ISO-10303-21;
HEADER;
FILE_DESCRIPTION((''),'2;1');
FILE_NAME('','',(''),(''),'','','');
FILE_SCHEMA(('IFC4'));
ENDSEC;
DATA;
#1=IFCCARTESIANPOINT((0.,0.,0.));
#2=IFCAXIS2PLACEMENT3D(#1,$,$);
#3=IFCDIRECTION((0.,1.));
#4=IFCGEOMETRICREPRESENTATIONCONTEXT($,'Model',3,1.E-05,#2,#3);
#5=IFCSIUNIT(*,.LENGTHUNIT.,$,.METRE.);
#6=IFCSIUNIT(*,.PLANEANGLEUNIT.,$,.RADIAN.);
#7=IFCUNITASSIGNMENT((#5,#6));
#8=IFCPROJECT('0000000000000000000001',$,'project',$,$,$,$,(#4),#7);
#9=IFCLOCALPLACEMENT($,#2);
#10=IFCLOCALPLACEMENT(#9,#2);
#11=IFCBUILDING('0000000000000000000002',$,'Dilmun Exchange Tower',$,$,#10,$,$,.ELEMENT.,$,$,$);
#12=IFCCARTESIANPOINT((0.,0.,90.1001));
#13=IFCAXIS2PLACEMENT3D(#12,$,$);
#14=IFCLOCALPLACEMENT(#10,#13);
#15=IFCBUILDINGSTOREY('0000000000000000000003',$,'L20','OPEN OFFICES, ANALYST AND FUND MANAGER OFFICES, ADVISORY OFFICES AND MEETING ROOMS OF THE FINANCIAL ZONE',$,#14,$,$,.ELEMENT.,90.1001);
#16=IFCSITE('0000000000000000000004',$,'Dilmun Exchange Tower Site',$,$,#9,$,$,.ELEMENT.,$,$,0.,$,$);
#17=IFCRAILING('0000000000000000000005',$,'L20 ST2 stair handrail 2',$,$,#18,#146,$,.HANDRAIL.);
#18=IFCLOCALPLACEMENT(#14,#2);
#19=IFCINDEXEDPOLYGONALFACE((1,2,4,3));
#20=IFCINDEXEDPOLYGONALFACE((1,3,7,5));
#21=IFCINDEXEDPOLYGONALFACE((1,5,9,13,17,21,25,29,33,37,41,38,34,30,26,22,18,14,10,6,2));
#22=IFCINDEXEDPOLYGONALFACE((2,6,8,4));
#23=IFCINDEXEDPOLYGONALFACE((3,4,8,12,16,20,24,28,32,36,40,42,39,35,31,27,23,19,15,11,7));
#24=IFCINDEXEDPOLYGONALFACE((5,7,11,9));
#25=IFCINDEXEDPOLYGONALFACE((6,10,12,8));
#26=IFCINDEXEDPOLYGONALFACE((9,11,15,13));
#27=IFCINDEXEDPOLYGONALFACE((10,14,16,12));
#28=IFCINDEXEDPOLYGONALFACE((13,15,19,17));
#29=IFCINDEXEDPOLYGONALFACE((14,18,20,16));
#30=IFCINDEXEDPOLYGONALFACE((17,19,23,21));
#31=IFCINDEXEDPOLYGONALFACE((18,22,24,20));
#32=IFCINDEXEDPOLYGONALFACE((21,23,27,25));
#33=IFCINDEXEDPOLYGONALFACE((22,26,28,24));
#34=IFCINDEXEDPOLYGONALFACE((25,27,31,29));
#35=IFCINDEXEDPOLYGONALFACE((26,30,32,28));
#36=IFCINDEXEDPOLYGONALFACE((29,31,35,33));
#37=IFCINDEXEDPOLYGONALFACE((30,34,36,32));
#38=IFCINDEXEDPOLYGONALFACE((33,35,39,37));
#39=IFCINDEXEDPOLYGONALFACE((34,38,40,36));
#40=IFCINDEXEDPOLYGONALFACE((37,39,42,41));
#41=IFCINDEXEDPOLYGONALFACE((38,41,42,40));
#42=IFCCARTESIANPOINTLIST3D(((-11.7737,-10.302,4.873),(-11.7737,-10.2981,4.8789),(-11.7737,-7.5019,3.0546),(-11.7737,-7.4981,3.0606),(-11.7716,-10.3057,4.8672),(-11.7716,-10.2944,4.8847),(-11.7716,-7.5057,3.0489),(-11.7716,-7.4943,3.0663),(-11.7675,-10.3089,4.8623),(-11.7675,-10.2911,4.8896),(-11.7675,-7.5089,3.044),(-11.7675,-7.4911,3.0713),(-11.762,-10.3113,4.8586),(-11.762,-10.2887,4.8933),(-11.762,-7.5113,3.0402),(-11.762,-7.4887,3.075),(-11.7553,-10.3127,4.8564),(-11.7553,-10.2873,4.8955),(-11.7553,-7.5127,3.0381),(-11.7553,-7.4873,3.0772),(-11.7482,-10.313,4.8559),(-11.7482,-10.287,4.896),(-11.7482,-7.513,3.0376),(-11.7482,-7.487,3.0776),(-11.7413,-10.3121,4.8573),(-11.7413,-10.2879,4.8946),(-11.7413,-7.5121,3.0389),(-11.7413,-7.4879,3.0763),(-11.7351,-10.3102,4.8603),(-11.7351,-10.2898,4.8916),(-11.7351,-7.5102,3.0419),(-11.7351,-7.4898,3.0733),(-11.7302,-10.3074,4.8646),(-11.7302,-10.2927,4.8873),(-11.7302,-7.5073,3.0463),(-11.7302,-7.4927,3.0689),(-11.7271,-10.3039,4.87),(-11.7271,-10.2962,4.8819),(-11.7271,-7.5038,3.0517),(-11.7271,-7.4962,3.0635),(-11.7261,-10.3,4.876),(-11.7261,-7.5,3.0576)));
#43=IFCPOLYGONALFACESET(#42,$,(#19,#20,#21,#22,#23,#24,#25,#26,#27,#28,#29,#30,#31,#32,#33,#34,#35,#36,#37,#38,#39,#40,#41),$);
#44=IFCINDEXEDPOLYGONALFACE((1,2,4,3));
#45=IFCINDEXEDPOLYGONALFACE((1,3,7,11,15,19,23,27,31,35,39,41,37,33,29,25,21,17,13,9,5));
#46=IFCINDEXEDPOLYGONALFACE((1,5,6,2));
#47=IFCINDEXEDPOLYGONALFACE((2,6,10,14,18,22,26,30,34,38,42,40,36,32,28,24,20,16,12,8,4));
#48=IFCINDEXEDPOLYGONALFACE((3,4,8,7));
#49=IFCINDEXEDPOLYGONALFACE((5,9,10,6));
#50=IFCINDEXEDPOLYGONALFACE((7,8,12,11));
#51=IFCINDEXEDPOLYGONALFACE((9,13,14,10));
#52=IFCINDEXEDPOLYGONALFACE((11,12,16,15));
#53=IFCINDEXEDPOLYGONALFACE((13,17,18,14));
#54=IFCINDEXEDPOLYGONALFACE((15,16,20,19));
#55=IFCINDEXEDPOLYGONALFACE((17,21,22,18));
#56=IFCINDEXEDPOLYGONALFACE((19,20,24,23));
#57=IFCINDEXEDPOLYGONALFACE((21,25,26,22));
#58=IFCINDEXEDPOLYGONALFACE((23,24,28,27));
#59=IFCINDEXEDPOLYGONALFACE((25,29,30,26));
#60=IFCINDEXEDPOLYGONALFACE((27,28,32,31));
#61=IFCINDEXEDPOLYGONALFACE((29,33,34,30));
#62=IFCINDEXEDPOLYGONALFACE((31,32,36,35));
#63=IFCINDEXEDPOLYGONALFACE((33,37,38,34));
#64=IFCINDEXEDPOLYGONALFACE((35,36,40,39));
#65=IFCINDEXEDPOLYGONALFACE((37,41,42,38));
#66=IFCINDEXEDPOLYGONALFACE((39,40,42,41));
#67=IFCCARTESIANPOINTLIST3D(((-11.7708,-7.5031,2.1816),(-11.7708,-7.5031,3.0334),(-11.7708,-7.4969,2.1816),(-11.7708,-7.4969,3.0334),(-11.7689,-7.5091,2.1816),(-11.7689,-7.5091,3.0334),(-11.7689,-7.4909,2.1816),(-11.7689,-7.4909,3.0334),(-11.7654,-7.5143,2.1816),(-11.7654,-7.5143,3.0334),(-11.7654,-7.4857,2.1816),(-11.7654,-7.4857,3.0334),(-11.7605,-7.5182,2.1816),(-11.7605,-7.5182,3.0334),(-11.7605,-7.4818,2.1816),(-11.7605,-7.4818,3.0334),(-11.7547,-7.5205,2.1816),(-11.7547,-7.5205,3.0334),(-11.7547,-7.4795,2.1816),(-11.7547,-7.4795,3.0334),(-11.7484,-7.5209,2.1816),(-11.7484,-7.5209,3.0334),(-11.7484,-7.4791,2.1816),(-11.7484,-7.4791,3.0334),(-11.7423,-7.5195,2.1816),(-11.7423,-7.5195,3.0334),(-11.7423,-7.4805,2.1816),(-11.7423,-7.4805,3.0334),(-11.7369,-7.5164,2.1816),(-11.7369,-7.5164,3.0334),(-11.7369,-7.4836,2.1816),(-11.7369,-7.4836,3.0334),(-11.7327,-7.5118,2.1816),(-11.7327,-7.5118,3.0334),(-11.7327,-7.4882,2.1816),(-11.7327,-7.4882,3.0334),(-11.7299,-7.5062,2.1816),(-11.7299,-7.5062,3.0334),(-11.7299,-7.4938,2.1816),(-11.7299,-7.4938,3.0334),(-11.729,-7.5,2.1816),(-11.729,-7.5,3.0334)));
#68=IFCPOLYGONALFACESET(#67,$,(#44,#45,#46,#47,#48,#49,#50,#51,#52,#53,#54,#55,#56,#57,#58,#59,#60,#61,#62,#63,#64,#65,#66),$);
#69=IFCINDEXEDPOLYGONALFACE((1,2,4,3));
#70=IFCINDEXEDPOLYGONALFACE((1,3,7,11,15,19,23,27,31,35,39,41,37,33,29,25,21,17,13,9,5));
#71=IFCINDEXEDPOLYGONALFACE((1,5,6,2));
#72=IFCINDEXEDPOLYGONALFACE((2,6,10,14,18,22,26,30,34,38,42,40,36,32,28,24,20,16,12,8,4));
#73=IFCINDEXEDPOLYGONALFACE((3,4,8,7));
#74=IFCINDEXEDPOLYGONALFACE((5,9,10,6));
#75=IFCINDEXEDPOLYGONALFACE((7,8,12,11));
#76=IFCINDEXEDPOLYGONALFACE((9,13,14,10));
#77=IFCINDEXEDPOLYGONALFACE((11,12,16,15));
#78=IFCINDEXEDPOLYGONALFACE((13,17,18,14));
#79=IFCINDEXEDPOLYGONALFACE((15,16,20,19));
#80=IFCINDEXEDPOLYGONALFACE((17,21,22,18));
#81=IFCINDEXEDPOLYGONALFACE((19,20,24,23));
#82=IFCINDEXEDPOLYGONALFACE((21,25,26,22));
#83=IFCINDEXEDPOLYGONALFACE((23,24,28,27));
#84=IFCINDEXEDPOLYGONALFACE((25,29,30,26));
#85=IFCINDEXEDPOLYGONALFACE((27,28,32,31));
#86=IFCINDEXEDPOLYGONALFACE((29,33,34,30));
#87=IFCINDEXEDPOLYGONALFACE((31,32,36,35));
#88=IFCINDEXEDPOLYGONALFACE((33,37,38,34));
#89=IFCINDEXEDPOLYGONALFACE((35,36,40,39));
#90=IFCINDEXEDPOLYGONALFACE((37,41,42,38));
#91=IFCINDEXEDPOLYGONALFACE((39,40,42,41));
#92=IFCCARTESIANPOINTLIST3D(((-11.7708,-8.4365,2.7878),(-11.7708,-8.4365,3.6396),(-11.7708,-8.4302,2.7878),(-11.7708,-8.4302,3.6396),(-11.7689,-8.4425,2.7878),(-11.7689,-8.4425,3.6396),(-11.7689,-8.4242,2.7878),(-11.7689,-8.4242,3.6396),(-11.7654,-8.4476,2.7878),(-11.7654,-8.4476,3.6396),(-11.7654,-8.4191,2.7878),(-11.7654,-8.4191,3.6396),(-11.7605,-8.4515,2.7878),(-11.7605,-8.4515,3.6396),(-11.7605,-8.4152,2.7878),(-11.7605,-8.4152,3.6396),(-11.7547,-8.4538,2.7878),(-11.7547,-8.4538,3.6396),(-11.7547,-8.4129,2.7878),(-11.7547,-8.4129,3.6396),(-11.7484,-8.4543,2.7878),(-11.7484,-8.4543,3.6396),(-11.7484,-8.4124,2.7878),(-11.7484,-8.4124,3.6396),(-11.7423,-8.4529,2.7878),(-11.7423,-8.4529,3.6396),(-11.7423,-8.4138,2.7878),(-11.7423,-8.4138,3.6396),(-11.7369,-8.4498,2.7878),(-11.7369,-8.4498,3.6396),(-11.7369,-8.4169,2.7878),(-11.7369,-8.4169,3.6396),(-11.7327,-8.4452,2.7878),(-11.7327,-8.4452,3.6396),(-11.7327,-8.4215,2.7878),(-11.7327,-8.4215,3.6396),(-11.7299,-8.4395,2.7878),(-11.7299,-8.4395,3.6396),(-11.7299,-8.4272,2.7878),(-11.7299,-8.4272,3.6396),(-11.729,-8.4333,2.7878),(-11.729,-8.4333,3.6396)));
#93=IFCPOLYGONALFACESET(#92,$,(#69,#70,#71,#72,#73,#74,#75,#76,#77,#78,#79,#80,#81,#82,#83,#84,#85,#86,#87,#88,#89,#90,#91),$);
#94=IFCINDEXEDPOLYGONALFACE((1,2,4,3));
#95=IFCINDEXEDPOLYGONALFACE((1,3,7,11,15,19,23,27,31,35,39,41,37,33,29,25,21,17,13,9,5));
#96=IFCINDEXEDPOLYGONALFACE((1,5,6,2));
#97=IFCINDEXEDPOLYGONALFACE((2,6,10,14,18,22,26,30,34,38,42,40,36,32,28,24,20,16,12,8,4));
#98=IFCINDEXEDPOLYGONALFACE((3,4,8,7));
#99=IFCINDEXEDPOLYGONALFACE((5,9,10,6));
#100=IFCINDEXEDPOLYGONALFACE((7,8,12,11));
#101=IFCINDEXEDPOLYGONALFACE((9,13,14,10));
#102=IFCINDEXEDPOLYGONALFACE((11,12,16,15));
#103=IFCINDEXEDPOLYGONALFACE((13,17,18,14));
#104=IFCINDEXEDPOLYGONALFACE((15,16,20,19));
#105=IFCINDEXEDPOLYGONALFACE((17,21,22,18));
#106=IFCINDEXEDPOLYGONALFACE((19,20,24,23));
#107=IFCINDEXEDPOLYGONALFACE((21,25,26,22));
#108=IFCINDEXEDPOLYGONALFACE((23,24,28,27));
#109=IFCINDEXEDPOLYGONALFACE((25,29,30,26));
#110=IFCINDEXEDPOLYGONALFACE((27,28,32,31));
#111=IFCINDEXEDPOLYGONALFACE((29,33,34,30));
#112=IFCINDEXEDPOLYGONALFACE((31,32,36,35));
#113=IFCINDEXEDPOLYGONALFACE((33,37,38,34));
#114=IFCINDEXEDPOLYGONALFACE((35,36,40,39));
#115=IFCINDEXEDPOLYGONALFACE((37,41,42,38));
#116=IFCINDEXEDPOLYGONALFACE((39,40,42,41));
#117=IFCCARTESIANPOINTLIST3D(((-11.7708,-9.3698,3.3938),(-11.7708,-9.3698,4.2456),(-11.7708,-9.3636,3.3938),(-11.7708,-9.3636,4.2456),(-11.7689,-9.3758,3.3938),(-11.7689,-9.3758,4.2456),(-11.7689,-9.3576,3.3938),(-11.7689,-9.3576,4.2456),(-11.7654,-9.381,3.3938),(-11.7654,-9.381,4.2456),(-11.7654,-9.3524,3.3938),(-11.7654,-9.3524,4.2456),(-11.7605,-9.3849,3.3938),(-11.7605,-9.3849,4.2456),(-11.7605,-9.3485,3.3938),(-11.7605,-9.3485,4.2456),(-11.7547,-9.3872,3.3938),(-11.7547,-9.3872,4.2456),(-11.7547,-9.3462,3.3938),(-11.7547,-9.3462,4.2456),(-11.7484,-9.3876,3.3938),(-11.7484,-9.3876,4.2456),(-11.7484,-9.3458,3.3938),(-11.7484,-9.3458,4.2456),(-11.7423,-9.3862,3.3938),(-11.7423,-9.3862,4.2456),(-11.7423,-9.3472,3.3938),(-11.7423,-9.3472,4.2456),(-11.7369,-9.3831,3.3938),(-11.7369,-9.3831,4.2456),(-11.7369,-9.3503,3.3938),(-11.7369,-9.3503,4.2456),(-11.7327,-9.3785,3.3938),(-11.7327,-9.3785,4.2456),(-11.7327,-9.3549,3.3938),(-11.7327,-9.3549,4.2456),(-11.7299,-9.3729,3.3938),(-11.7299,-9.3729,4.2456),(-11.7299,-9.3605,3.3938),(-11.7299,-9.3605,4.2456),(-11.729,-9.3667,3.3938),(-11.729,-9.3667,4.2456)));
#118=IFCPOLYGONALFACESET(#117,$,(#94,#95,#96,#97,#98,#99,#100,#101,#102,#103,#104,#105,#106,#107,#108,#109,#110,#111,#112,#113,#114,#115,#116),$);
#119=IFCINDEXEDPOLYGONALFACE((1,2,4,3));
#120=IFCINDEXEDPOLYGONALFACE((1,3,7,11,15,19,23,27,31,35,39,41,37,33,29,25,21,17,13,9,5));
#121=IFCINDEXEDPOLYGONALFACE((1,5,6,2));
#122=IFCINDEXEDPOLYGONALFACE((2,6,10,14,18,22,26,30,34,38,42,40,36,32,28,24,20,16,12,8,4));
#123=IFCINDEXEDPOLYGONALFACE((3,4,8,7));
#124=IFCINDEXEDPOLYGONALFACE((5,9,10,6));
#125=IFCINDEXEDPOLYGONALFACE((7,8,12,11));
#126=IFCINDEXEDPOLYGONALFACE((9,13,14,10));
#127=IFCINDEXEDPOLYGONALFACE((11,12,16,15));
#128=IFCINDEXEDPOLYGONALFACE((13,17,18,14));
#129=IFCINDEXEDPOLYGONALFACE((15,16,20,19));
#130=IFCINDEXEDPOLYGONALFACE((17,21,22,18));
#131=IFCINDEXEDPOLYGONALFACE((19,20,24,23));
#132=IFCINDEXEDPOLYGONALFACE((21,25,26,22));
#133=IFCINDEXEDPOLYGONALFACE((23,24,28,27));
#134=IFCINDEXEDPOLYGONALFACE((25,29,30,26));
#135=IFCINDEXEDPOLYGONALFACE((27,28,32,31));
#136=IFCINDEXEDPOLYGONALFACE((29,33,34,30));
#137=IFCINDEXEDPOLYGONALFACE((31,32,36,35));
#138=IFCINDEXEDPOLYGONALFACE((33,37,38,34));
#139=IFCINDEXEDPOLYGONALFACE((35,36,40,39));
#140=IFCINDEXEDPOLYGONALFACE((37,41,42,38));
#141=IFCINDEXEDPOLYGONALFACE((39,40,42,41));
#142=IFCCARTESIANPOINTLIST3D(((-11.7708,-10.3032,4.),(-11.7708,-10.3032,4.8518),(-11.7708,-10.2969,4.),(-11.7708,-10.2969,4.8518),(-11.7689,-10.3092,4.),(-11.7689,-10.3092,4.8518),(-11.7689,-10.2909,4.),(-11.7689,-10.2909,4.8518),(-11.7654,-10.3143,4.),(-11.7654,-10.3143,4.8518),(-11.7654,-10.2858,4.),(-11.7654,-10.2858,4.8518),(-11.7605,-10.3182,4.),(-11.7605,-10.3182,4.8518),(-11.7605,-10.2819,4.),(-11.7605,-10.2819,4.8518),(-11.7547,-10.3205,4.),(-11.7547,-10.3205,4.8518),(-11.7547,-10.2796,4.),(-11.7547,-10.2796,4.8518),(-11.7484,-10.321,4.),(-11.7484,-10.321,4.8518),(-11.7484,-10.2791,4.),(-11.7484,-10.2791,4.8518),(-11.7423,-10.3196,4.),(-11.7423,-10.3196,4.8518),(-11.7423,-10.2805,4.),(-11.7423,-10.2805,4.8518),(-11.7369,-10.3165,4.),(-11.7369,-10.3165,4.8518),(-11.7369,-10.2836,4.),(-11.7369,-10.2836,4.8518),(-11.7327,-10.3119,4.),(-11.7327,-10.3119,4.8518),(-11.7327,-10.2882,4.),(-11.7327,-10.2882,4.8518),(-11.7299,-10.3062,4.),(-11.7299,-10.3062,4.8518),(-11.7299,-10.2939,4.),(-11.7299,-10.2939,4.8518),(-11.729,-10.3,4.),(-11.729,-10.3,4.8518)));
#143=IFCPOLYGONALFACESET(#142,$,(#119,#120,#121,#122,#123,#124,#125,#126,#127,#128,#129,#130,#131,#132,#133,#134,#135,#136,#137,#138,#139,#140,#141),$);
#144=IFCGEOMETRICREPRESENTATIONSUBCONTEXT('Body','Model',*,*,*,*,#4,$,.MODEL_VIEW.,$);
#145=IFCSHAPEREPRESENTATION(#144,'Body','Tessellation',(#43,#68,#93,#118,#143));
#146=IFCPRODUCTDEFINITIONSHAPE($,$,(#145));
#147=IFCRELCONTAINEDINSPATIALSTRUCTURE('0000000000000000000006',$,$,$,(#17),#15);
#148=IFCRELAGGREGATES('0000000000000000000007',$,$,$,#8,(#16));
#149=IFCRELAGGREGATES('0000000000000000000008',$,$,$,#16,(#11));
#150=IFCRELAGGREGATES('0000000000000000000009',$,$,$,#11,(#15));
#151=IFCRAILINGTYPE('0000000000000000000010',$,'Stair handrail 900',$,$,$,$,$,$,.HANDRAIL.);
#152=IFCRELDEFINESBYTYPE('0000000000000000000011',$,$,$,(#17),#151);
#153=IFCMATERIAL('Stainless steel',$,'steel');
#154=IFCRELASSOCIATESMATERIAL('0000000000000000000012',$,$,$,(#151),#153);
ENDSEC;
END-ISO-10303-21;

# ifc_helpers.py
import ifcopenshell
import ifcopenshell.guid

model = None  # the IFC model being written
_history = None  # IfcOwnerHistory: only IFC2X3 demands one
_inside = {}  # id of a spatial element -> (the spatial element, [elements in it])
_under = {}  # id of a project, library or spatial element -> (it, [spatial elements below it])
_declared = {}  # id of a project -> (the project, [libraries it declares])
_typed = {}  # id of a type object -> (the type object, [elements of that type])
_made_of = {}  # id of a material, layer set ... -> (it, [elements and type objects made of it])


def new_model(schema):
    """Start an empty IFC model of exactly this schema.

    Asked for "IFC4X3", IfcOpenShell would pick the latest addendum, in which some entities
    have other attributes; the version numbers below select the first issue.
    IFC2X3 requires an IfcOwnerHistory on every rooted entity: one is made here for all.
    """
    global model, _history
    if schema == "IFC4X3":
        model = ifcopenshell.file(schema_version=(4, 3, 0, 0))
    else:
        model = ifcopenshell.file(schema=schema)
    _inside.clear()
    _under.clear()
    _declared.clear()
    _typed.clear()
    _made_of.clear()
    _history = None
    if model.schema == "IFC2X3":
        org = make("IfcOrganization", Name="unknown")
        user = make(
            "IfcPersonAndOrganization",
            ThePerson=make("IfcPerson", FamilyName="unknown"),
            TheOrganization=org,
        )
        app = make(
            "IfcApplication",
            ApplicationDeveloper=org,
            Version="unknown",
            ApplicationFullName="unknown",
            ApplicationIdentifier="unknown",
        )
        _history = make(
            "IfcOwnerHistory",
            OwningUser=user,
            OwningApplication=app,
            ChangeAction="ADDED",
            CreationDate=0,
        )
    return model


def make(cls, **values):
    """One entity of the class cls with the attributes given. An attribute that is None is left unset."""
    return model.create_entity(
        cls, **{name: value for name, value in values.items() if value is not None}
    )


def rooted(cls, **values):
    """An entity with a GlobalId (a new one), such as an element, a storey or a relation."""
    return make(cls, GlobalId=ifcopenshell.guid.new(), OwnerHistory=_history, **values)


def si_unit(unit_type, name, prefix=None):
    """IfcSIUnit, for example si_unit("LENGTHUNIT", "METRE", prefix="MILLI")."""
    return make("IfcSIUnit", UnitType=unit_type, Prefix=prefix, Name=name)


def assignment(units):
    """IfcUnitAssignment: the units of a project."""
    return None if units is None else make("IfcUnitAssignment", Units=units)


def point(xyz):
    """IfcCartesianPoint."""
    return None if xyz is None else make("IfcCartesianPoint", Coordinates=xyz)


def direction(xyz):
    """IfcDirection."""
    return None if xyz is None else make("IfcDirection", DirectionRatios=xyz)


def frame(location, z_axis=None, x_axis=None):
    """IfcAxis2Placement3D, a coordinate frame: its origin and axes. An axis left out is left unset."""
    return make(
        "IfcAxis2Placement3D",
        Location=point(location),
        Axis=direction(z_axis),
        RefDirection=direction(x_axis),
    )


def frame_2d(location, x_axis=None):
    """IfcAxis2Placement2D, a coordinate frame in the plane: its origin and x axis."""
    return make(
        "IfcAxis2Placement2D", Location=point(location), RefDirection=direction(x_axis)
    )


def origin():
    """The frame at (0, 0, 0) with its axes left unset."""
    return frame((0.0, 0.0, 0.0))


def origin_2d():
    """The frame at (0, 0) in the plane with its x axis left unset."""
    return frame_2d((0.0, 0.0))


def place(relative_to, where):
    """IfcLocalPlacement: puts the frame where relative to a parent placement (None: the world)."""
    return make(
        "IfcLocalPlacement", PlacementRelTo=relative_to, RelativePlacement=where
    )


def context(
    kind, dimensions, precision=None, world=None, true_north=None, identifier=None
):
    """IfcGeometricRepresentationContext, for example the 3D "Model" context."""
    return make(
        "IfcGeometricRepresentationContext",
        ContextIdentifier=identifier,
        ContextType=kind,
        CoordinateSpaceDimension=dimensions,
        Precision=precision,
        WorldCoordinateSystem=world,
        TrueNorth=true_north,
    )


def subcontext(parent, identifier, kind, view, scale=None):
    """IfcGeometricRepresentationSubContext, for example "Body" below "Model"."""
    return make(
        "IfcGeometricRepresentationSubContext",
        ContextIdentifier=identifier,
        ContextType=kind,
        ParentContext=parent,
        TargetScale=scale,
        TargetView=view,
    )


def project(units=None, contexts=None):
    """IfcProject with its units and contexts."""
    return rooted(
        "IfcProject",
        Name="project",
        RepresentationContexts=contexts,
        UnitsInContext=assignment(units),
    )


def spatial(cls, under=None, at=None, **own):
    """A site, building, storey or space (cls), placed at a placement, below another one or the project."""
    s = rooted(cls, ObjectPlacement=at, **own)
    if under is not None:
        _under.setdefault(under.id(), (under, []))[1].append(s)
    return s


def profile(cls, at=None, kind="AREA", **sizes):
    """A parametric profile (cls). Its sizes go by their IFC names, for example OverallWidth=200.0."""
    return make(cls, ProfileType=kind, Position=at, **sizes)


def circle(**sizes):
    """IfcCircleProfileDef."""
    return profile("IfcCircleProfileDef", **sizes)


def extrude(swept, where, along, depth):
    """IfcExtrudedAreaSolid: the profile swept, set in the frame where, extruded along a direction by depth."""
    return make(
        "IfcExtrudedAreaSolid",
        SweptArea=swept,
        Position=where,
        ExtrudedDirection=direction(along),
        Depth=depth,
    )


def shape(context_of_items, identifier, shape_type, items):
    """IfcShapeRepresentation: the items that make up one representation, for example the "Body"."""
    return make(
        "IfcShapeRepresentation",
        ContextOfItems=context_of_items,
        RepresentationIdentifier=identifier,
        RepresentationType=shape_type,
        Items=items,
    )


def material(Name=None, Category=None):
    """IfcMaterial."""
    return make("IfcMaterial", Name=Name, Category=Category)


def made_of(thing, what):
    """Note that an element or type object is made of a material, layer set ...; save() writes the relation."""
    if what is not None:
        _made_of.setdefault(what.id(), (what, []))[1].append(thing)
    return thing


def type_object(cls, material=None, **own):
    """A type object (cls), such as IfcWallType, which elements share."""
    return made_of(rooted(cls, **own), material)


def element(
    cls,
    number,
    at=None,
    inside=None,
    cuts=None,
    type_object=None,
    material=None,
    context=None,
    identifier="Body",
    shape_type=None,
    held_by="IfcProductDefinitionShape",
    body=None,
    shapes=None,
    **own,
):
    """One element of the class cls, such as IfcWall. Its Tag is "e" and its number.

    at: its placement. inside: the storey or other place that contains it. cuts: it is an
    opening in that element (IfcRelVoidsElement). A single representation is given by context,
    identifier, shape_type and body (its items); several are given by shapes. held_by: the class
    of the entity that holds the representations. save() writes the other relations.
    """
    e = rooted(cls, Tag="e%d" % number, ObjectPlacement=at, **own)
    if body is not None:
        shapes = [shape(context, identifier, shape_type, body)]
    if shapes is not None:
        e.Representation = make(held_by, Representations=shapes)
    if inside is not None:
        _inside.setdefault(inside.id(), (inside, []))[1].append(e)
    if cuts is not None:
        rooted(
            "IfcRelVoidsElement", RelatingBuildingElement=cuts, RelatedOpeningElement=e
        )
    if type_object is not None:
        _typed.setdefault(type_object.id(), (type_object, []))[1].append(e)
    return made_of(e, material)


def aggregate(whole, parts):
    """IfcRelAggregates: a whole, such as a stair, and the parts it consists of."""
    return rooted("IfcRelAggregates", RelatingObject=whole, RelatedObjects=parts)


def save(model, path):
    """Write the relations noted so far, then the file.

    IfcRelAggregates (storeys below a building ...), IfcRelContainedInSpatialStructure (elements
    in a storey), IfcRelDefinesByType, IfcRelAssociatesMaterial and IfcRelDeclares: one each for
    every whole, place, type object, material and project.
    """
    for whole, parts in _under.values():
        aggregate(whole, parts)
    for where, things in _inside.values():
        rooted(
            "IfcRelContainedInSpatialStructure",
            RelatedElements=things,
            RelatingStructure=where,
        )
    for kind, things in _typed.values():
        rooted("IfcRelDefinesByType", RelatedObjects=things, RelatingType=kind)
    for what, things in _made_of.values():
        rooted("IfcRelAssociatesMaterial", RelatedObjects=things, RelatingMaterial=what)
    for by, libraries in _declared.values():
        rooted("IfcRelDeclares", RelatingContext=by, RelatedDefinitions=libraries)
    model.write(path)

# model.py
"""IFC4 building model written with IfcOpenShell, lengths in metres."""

from ifc_helpers import new_model, si_unit, direction, frame, origin, origin_2d, place, context, subcontext, project, spatial, circle, extrude, material, type_object, element, save


model = new_model("IFC4")

# Units and contexts
model_context = context("Model", 3, precision=1e-05, world=origin(), true_north=direction((0.0, 1.0)))
body_context = subcontext(model_context, "Body", "Model", "MODEL_VIEW")
ifc_project = project(units=[si_unit("LENGTHUNIT", "METRE"), si_unit("PLANEANGLEUNIT", "RADIAN")], contexts=[model_context])

# Site, building, storey
site_placement = place(None, origin())
site = spatial("IfcSite", under=ifc_project, at=site_placement, Name="Dilmun Exchange Tower Site", CompositionType="ELEMENT", RefElevation=0.0)
building_placement = place(site_placement, origin())
building = spatial("IfcBuilding", under=site, at=building_placement, Name="Dilmun Exchange Tower", CompositionType="ELEMENT")
storey_placement = place(building_placement, frame((0.0, 0.0, 90.1001)))
storey = spatial("IfcBuildingStorey", under=building, at=storey_placement, Name="L20", Description="OPEN OFFICES, ANALYST AND FUND MANAGER OFFICES, ADVISORY OFFICES AND MEETING ROOMS OF THE FINANCIAL ZONE", CompositionType="ELEMENT", Elevation=90.1001)

# Railing
ifc_material_1 = material(Name="Stainless steel", Category="steel")
railing_type = type_object("IfcRailingType", Name="Stair handrail 900", PredefinedType="HANDRAIL", material=ifc_material_1)
railing_placement = place(storey_placement, frame((-11.75, -7.5, 2.1816)))
element("IfcRailing", 1, at=railing_placement, inside=storey, type_object=railing_type, Name="L20 ST2 stair handrail 2", PredefinedType="HANDRAIL", context=body_context, shape_type="SweptSolid", body=[
    extrude(circle(Radius=0.0239, at=origin_2d()), frame((0.0, 0.0, 0.876), z_axis=(0.0, -0.838672, 0.544636), x_axis=(1.0, 0.0, 0.0)), (0.0, 0.0, 1.0), 3.3386),
    extrude(circle(Radius=0.021, at=origin_2d()), origin(), (0.0, 0.0, 1.0), 0.8518),
    extrude(circle(Radius=0.021, at=origin_2d()), frame((0.0, -0.9333, 0.6062)), (0.0, 0.0, 1.0), 0.8518),
    extrude(circle(Radius=0.021, at=origin_2d()), frame((0.0, -1.8667, 1.2122)), (0.0, 0.0, 1.0), 0.8518),
    extrude(circle(Radius=0.021, at=origin_2d()), frame((0.0, -2.8, 1.8184)), (0.0, 0.0, 1.0), 0.8518),
])

save(model, "model.ifc")
